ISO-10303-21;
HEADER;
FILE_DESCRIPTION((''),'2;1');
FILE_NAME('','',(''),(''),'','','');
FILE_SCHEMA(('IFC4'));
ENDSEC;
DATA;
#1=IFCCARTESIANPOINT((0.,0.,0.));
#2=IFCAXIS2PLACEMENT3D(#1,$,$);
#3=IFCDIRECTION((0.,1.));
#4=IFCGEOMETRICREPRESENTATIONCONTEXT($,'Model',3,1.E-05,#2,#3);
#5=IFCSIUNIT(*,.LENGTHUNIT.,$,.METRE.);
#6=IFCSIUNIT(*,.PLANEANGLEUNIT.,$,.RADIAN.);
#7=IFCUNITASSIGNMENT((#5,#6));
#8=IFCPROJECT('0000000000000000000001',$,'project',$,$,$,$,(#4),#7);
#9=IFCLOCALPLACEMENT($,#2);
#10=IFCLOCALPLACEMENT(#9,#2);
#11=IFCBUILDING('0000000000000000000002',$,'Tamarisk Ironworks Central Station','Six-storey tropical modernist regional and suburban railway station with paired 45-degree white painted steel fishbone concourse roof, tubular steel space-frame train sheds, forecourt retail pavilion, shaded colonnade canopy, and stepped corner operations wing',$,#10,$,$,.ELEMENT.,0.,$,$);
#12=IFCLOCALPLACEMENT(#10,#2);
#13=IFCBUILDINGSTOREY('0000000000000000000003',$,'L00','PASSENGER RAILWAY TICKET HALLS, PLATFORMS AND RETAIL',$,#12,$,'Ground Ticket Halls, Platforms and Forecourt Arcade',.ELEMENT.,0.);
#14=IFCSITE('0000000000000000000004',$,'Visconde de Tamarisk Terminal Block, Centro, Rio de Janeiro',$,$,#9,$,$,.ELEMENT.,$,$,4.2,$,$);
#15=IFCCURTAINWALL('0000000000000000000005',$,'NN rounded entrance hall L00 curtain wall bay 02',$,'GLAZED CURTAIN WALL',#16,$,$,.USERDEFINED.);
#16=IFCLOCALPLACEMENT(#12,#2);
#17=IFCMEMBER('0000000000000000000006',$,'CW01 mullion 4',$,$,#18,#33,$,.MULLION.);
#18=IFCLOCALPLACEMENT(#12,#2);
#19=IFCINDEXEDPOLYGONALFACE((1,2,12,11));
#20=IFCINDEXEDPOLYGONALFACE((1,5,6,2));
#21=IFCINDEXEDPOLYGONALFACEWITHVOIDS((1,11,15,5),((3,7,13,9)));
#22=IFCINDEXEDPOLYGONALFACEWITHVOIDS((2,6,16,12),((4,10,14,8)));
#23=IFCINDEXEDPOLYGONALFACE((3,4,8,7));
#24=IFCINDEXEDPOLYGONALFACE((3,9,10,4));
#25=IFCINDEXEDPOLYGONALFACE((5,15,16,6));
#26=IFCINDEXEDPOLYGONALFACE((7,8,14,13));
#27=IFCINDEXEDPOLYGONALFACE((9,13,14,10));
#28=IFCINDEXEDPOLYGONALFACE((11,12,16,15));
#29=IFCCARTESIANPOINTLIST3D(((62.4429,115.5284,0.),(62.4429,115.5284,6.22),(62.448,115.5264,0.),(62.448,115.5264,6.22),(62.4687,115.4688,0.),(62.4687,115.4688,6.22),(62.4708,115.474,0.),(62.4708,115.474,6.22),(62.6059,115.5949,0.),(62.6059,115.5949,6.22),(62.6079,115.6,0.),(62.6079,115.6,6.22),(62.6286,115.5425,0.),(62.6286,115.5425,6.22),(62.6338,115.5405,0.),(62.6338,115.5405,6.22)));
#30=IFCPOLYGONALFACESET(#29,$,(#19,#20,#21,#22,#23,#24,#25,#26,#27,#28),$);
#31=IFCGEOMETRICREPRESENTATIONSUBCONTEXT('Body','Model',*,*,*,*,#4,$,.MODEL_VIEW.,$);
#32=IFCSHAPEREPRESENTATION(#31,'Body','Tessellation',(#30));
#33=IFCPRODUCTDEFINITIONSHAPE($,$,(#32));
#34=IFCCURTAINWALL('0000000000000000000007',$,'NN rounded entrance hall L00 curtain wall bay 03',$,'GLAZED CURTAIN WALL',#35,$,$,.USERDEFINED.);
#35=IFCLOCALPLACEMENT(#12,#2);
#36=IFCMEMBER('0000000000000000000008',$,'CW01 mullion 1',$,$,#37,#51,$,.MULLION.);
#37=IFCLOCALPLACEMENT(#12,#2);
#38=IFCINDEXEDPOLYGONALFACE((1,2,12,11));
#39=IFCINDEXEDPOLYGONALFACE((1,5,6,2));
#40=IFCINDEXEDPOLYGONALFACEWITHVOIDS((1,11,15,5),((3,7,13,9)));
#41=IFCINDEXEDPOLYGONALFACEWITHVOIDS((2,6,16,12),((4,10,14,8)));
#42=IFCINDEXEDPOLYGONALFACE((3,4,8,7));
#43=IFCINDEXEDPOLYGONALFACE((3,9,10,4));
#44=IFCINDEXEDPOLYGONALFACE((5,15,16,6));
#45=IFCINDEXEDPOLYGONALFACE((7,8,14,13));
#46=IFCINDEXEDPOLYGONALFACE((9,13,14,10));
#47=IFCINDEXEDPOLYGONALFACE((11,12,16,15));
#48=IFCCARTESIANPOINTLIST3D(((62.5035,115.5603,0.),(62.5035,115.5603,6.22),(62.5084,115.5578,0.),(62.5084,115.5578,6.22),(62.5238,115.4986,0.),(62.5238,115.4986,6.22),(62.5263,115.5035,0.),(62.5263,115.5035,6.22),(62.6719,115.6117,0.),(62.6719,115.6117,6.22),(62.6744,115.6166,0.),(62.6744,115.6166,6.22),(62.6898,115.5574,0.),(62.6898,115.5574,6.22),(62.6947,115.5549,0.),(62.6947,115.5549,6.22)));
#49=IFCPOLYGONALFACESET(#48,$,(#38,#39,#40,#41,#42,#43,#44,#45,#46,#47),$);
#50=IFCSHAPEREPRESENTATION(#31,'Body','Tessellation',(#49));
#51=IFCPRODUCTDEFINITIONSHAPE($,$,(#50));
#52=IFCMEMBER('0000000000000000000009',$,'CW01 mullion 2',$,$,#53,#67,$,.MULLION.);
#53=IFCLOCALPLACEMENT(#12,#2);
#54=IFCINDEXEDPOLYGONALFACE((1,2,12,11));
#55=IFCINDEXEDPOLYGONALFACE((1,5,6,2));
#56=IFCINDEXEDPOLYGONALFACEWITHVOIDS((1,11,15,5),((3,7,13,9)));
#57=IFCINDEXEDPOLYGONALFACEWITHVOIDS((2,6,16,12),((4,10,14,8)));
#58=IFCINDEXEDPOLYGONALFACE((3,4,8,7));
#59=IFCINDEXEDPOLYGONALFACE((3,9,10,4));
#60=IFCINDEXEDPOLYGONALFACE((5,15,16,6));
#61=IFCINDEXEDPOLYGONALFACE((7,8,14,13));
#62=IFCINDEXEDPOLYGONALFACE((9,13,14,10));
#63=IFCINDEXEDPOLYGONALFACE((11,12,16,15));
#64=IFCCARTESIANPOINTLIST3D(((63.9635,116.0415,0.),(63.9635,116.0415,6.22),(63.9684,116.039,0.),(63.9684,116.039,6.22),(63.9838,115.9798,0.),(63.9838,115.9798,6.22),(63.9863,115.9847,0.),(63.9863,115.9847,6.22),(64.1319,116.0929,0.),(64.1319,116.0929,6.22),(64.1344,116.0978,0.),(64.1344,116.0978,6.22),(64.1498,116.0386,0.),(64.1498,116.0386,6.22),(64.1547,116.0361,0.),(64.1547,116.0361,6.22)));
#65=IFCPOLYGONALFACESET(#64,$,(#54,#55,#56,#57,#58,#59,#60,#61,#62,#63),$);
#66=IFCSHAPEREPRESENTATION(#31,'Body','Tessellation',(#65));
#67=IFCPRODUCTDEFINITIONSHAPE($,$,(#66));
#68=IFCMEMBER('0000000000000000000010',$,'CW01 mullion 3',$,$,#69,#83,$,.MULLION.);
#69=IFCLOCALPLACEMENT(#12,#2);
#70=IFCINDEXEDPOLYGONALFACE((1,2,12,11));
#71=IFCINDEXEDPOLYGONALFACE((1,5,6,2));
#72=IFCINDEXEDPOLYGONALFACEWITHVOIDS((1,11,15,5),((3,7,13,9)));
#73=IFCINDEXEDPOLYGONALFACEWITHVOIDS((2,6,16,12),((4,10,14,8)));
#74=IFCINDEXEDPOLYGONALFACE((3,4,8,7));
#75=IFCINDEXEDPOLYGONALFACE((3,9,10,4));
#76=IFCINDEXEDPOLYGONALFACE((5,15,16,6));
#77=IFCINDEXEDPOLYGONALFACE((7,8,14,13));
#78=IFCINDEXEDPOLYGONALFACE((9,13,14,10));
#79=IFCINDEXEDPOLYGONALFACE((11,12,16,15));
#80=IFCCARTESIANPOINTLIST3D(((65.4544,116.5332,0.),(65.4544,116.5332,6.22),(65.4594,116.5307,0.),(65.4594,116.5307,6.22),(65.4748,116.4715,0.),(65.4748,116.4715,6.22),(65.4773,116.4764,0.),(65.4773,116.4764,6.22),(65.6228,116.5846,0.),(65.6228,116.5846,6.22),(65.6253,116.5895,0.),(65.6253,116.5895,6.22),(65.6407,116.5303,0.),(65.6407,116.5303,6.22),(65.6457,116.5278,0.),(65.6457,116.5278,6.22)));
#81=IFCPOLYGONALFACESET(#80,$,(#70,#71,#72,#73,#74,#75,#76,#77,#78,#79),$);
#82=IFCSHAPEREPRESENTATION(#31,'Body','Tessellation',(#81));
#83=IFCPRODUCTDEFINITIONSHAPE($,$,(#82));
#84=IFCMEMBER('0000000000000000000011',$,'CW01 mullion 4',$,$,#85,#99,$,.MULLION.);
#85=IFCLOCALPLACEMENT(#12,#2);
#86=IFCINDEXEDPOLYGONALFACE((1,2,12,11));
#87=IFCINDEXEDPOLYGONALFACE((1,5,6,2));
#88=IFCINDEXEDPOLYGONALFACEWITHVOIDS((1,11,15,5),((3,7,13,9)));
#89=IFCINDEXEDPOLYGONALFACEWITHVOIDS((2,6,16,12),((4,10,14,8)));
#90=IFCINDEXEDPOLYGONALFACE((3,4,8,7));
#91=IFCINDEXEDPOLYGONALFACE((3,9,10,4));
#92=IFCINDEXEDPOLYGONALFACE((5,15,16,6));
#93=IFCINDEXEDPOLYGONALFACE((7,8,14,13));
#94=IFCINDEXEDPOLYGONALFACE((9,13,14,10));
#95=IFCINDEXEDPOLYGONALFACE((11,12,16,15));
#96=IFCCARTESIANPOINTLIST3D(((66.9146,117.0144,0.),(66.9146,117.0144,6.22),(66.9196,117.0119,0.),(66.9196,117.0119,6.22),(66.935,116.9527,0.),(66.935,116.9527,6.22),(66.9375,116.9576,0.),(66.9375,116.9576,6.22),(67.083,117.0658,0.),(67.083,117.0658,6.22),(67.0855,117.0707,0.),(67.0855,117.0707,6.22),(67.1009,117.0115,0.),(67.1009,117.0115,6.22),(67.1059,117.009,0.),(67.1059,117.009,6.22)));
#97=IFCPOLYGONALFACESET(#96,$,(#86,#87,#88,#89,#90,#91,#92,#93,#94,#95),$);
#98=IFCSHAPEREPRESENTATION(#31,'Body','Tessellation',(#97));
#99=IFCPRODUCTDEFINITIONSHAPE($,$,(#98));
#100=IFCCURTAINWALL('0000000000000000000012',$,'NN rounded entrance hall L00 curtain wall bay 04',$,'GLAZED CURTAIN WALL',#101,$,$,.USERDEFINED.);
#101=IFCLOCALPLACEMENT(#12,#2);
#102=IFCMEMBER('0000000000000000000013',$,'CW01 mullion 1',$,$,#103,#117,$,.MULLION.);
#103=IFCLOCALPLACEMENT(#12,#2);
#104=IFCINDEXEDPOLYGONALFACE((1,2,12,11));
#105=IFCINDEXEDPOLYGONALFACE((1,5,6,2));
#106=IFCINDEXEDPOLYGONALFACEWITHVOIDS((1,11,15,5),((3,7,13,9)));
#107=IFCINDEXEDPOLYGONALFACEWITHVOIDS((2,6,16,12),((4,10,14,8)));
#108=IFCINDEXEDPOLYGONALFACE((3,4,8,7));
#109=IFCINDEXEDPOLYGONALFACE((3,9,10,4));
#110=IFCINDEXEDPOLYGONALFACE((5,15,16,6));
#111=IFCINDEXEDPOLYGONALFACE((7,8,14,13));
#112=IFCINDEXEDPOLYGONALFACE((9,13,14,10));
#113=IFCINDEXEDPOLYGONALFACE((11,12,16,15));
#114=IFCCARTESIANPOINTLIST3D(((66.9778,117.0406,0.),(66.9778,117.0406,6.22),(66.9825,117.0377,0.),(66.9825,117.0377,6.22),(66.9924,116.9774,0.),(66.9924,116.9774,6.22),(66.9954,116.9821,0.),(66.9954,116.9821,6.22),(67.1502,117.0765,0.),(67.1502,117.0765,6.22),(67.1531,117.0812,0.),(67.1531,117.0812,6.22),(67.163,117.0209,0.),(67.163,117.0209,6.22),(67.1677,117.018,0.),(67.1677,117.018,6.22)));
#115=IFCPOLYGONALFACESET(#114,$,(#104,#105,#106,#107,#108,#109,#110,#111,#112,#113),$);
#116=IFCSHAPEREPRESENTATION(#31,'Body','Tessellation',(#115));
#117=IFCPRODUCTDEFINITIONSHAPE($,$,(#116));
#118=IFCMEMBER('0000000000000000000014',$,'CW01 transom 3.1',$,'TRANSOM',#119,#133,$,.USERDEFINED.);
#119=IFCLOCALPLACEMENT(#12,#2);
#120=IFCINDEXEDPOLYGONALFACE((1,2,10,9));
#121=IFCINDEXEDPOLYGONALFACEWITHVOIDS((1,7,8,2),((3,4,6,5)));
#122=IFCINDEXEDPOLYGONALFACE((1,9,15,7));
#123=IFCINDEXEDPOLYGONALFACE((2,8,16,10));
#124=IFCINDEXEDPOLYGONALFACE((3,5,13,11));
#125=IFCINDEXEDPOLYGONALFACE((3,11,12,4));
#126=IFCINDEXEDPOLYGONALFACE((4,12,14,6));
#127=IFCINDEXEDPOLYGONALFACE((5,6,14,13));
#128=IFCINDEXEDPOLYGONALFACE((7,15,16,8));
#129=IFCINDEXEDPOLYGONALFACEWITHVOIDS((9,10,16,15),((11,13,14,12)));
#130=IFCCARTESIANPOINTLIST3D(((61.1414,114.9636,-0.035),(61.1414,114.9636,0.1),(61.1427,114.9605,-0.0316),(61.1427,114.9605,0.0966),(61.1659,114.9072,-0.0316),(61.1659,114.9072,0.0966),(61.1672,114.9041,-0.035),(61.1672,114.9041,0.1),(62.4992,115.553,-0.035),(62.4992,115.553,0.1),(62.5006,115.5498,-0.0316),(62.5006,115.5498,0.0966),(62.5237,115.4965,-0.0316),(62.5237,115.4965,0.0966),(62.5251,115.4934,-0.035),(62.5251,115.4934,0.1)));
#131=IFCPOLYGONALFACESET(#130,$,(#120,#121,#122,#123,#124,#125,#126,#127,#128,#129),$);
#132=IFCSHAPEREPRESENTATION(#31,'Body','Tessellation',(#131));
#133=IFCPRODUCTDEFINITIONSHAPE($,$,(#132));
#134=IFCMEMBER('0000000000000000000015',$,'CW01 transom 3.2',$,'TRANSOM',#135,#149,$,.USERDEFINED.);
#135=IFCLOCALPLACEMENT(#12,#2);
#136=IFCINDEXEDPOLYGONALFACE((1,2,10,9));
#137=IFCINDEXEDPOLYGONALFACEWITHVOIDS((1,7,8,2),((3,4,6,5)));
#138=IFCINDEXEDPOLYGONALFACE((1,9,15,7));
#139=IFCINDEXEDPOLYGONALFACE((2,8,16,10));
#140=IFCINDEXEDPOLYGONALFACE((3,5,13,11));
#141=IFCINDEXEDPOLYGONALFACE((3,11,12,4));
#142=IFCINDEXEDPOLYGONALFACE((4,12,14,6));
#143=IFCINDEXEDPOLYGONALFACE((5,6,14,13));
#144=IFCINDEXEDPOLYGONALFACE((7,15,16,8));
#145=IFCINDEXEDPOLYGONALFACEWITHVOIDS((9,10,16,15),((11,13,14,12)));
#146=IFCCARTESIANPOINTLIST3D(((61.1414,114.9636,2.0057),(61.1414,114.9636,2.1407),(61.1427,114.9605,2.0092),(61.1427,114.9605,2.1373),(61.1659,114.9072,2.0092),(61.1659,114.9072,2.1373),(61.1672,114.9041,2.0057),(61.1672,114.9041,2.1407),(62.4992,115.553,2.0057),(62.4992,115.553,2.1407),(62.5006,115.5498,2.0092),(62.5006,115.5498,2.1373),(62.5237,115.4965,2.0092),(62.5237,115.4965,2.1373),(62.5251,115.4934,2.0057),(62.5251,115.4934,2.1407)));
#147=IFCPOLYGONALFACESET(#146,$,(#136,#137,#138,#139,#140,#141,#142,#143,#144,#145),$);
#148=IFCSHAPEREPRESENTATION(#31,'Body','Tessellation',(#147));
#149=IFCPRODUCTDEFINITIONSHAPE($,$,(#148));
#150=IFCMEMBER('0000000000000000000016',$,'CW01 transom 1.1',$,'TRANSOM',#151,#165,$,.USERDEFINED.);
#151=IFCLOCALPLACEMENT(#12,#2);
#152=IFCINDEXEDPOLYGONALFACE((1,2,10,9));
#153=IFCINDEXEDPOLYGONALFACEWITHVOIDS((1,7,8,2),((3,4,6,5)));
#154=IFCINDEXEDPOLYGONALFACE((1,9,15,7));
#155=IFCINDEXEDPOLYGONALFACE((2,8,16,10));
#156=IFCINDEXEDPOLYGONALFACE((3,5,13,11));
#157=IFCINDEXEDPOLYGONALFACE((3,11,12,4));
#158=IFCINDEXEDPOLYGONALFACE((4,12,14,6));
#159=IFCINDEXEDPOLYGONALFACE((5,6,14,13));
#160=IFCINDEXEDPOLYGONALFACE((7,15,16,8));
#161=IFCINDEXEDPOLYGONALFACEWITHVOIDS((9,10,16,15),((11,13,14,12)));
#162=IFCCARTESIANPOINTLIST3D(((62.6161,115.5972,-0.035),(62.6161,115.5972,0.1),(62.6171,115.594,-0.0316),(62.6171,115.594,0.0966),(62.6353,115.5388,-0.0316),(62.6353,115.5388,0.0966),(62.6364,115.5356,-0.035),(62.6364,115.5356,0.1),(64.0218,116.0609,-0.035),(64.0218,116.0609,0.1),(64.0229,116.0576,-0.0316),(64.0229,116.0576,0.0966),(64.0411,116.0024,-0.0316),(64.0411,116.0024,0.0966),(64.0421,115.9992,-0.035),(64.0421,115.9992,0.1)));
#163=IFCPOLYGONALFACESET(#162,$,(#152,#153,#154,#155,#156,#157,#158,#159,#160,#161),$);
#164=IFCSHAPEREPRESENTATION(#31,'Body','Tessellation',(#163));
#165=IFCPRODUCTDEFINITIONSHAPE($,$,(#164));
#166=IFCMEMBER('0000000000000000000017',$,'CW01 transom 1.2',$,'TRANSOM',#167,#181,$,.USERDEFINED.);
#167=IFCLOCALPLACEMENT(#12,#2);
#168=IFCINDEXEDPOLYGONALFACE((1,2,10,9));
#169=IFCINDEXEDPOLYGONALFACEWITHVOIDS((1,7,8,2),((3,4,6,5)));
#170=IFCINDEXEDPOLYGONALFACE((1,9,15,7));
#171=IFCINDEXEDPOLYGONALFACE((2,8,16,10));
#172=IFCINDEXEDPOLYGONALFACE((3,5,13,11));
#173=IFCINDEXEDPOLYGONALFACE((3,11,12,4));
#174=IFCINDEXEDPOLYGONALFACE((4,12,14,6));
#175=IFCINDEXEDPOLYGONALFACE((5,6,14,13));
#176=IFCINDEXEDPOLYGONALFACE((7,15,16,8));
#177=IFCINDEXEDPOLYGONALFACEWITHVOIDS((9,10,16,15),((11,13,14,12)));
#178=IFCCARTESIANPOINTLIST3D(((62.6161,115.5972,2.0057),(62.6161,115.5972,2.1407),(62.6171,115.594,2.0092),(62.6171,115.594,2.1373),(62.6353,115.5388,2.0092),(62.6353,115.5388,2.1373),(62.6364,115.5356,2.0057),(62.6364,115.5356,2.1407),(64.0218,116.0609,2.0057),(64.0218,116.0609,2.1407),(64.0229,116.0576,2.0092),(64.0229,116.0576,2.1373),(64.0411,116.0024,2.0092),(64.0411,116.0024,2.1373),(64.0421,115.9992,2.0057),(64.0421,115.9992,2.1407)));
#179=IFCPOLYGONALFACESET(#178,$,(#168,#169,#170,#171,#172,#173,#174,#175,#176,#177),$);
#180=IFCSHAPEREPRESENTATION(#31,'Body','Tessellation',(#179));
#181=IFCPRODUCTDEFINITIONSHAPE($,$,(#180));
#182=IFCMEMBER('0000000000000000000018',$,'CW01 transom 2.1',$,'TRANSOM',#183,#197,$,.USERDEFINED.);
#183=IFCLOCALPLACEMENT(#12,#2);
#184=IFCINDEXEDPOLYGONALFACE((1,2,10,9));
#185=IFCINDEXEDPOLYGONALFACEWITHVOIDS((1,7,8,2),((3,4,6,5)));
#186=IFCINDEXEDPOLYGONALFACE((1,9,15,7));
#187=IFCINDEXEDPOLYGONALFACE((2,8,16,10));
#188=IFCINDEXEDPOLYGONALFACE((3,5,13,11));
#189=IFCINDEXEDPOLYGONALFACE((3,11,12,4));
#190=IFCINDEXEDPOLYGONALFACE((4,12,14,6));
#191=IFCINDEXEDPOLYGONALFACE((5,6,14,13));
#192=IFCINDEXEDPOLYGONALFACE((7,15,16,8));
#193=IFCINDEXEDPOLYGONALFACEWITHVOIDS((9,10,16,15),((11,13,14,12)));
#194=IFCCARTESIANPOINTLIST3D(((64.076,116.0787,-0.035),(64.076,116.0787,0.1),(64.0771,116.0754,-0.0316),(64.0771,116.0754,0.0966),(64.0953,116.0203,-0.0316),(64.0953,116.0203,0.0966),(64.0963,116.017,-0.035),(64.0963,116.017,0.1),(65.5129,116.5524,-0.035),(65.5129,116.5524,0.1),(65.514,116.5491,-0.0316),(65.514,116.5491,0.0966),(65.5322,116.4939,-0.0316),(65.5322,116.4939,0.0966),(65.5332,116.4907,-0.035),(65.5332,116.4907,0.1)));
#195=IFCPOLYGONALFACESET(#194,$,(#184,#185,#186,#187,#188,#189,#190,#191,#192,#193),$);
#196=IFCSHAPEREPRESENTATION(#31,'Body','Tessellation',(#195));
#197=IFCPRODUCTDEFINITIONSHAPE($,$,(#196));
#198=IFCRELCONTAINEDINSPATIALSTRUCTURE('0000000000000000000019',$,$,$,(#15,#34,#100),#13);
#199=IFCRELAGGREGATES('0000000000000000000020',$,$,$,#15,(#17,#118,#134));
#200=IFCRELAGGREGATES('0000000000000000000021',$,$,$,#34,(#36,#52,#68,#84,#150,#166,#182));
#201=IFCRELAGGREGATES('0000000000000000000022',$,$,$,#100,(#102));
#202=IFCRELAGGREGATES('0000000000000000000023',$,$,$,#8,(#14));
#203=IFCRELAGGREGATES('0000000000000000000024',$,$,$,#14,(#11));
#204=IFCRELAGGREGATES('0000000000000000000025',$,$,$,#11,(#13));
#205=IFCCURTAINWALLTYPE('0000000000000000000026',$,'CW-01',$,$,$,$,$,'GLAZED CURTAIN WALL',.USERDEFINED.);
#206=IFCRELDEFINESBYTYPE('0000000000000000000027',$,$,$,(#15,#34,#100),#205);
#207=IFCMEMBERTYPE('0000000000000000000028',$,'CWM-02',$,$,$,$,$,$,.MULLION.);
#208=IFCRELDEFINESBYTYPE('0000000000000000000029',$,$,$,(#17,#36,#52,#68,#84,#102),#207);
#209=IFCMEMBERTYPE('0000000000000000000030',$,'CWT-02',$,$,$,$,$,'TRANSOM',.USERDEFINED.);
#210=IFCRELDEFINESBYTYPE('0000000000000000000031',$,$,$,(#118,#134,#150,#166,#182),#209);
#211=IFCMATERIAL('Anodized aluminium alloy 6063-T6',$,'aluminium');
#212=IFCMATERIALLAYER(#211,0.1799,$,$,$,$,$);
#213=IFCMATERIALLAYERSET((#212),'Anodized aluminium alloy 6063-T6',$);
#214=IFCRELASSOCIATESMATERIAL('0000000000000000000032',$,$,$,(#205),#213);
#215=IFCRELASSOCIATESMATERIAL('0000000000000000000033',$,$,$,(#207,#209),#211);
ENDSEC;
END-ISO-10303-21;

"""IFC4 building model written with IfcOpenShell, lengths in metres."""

from ifc_helpers import new_model, si_unit, direction, frame, origin, origin_2d, place, context, subcontext, project, spatial, hollow_rectangle, extrude, material, layer, layer_set, material_profile, profile_set, type_object, element, aggregate, save


model = new_model("IFC4")

# Units and contexts
model_context = context("Model", 3, precision=1e-05, world=origin(), true_north=direction((0.0, 1.0)))
body_context = subcontext(model_context, "Body", "Model", "MODEL_VIEW")
ifc_project = project(units=[si_unit("LENGTHUNIT", "METRE"), si_unit("PLANEANGLEUNIT", "RADIAN")], contexts=[model_context])

# Site, building, storey
site_placement = place(None, origin())
site = spatial("IfcSite", under=ifc_project, at=site_placement, Name="Visconde de Tamarisk Terminal Block, Centro, Rio de Janeiro", CompositionType="ELEMENT", RefElevation=4.2)
building_placement = place(site_placement, origin())
building = spatial("IfcBuilding", under=site, at=building_placement, Name="Tamarisk Ironworks Central Station", Description="Six-storey tropical modernist regional and suburban railway station with paired 45-degree white painted steel fishbone concourse roof, tubular steel space-frame train sheds, forecourt retail pavilion, shaded colonnade canopy, and stepped corner operations wing", CompositionType="ELEMENT", ElevationOfRefHeight=0.0)
storey_placement = place(building_placement, origin())
storey = spatial("IfcBuildingStorey", under=building, at=storey_placement, Name="L00", Description="PASSENGER RAILWAY TICKET HALLS, PLATFORMS AND RETAIL", LongName="Ground Ticket Halls, Platforms and Forecourt Arcade", CompositionType="ELEMENT", Elevation=0.0)

# Curtain walls, members
ifc_material_1 = material(Name="Anodized aluminium alloy 6063-T6", Category="aluminium")
ifc_layer_1 = layer(ifc_material_1, 0.1799)
ifc_layer_set_1 = layer_set([ifc_layer_1], Name="Anodized aluminium alloy 6063-T6")
curtain_wall_type = type_object("IfcCurtainWallType", Name="CW-01", ElementType="GLAZED CURTAIN WALL", PredefinedType="USERDEFINED", material=ifc_layer_set_1)
curtain_wall_1_placement = place(storey_placement, origin())
curtain_wall_1 = element("IfcCurtainWall", 1, at=curtain_wall_1_placement, inside=storey, type_object=curtain_wall_type, Name="NN rounded entrance hall L00 curtain wall bay 02", ObjectType="GLAZED CURTAIN WALL", PredefinedType="USERDEFINED")
ifc_material_profile_1 = material_profile(ifc_material_1, hollow_rectangle(XDim=0.0649, YDim=0.1799, WallThickness=0.0039, at=origin_2d()), Name="ALUM 180x65")
ifc_profile_set_1 = profile_set([ifc_material_profile_1], Name="Anodized aluminium alloy 6063-T6")
member_type_1 = type_object("IfcMemberType", Name="CWM-02", PredefinedType="MULLION", material=ifc_profile_set_1)
member_1_placement = place(storey_placement, frame((62.5383, 115.5344, 0.0), z_axis=(0.0, 0.0, 1.0), x_axis=(-0.398077, 0.917352, 0.0)))
member_1 = element("IfcMember", 2, at=member_1_placement, type_object=member_type_1, Name="CW01 mullion 4", PredefinedType="MULLION", context=body_context, shape_type="SweptSolid", body=[
    extrude(hollow_rectangle(XDim=0.0649, YDim=0.1799, WallThickness=0.0039, at=origin_2d()), origin(), (0.0, 0.0, 1.0), 6.22),
])
curtain_wall_2_placement = place(storey_placement, origin())
curtain_wall_2 = element("IfcCurtainWall", 3, at=curtain_wall_2_placement, inside=storey, type_object=curtain_wall_type, Name="NN rounded entrance hall L00 curtain wall bay 03", ObjectType="GLAZED CURTAIN WALL", PredefinedType="USERDEFINED")
member_2_placement = place(storey_placement, frame((62.5991, 115.5576, 0.0), z_axis=(0.0, 0.0, 1.0), x_axis=(-0.313098, 0.949721, 0.0)))
member_2 = element("IfcMember", 4, at=member_2_placement, type_object=member_type_1, Name="CW01 mullion 1", PredefinedType="MULLION", context=body_context, shape_type="SweptSolid", body=[
    extrude(hollow_rectangle(XDim=0.0649, YDim=0.1799, WallThickness=0.0039, at=origin_2d()), origin(), (0.0, 0.0, 1.0), 6.22),
])
member_3_placement = place(storey_placement, frame((64.0591, 116.0388, 0.0), z_axis=(0.0, 0.0, 1.0), x_axis=(-0.313098, 0.949721, 0.0)))
member_3 = element("IfcMember", 5, at=member_3_placement, type_object=member_type_1, Name="CW01 mullion 2", PredefinedType="MULLION", context=body_context, shape_type="SweptSolid", body=[
    extrude(hollow_rectangle(XDim=0.0649, YDim=0.1799, WallThickness=0.0039, at=origin_2d()), origin(), (0.0, 0.0, 1.0), 6.22),
])
member_4_placement = place(storey_placement, frame((65.55, 116.5305, 0.0), z_axis=(0.0, 0.0, 1.0), x_axis=(-0.313098, 0.949721, 0.0)))
member_4 = element("IfcMember", 6, at=member_4_placement, type_object=member_type_1, Name="CW01 mullion 3", PredefinedType="MULLION", context=body_context, shape_type="SweptSolid", body=[
    extrude(hollow_rectangle(XDim=0.0649, YDim=0.1799, WallThickness=0.0039, at=origin_2d()), origin(), (0.0, 0.0, 1.0), 6.22),
])
member_5_placement = place(storey_placement, frame((67.0103, 117.0117, 0.0), z_axis=(0.0, 0.0, 1.0), x_axis=(-0.313098, 0.949721, 0.0)))
member_5 = element("IfcMember", 7, at=member_5_placement, type_object=member_type_1, Name="CW01 mullion 4", PredefinedType="MULLION", context=body_context, shape_type="SweptSolid", body=[
    extrude(hollow_rectangle(XDim=0.0649, YDim=0.1799, WallThickness=0.0039, at=origin_2d()), origin(), (0.0, 0.0, 1.0), 6.22),
])

# Curtain wall, member
curtain_wall_3_placement = place(storey_placement, origin())
curtain_wall_3 = element("IfcCurtainWall", 8, at=curtain_wall_3_placement, inside=storey, type_object=curtain_wall_type, Name="NN rounded entrance hall L00 curtain wall bay 04", ObjectType="GLAZED CURTAIN WALL", PredefinedType="USERDEFINED")
member_6_placement = place(storey_placement, frame((67.0728, 117.0293, 0.0), z_axis=(0.0, 0.0, 1.0), x_axis=(-0.225517, 0.974239, 0.0)))
member_6 = element("IfcMember", 9, at=member_6_placement, type_object=member_type_1, Name="CW01 mullion 1", PredefinedType="MULLION", context=body_context, shape_type="SweptSolid", body=[
    extrude(hollow_rectangle(XDim=0.0649, YDim=0.1799, WallThickness=0.0039, at=origin_2d()), origin(), (0.0, 0.0, 1.0), 6.22),
])

# Members
ifc_material_profile_2 = material_profile(ifc_material_1, hollow_rectangle(XDim=0.0649, YDim=0.135, WallThickness=0.0034, at=origin_2d()), Name="ALUM 135x65")
ifc_profile_set_2 = profile_set([ifc_material_profile_2], Name="Anodized aluminium alloy 6063-T6")
member_type_2 = type_object("IfcMemberType", Name="CWT-02", ElementType="TRANSOM", PredefinedType="USERDEFINED", material=ifc_profile_set_2)
member_7_placement = place(storey_placement, frame((61.1543, 114.9338, 0.0325), z_axis=(0.917327, 0.398135, 0.0), x_axis=(-0.398135, 0.917327, 0.0)))
member_7 = element("IfcMember", 10, at=member_7_placement, type_object=member_type_2, Name="CW01 transom 3.1", ObjectType="TRANSOM", PredefinedType="USERDEFINED", context=body_context, shape_type="SweptSolid", body=[
    extrude(hollow_rectangle(XDim=0.0649, YDim=0.135, WallThickness=0.0034, at=origin_2d()), origin(), (0.0, 0.0, 1.0), 1.4802),
])
member_8_placement = place(storey_placement, frame((61.1543, 114.9338, 2.0732), z_axis=(0.917327, 0.398135, 0.0), x_axis=(-0.398135, 0.917327, 0.0)))
member_8 = element("IfcMember", 11, at=member_8_placement, type_object=member_type_2, Name="CW01 transom 3.2", ObjectType="TRANSOM", PredefinedType="USERDEFINED", context=body_context, shape_type="SweptSolid", body=[
    extrude(hollow_rectangle(XDim=0.0649, YDim=0.135, WallThickness=0.0034, at=origin_2d()), origin(), (0.0, 0.0, 1.0), 1.4802),
])
member_9_placement = place(storey_placement, frame((62.6262, 115.5664, 0.0325), z_axis=(0.949685, 0.313208, 0.0), x_axis=(-0.313208, 0.949685, 0.0)))
member_9 = element("IfcMember", 12, at=member_9_placement, type_object=member_type_2, Name="CW01 transom 1.1", ObjectType="TRANSOM", PredefinedType="USERDEFINED", context=body_context, shape_type="SweptSolid", body=[
    extrude(hollow_rectangle(XDim=0.0649, YDim=0.135, WallThickness=0.0034, at=origin_2d()), origin(), (0.0, 0.0, 1.0), 1.4802),
])
member_10_placement = place(storey_placement, frame((62.6262, 115.5664, 2.0732), z_axis=(0.949685, 0.313208, 0.0), x_axis=(-0.313208, 0.949685, 0.0)))
member_10 = element("IfcMember", 13, at=member_10_placement, type_object=member_type_2, Name="CW01 transom 1.2", ObjectType="TRANSOM", PredefinedType="USERDEFINED", context=body_context, shape_type="SweptSolid", body=[
    extrude(hollow_rectangle(XDim=0.0649, YDim=0.135, WallThickness=0.0034, at=origin_2d()), origin(), (0.0, 0.0, 1.0), 1.4802),
])
member_11_placement = place(storey_placement, frame((64.0862, 116.0479, 0.0325), z_axis=(0.949727, 0.313079, 0.0), x_axis=(-0.313079, 0.949727, 0.0)))
member_11 = element("IfcMember", 14, at=member_11_placement, type_object=member_type_2, Name="CW01 transom 2.1", ObjectType="TRANSOM", PredefinedType="USERDEFINED", context=body_context, shape_type="SweptSolid", body=[
    extrude(hollow_rectangle(XDim=0.0649, YDim=0.135, WallThickness=0.0034, at=origin_2d()), origin(), (0.0, 0.0, 1.0), 1.5129),
])

aggregate(curtain_wall_1, [member_1, member_7, member_8])
aggregate(curtain_wall_2, [member_2, member_3, member_4, member_5, member_9, member_10, member_11])
aggregate(curtain_wall_3, [member_6])

save(model, "model.ifc")
